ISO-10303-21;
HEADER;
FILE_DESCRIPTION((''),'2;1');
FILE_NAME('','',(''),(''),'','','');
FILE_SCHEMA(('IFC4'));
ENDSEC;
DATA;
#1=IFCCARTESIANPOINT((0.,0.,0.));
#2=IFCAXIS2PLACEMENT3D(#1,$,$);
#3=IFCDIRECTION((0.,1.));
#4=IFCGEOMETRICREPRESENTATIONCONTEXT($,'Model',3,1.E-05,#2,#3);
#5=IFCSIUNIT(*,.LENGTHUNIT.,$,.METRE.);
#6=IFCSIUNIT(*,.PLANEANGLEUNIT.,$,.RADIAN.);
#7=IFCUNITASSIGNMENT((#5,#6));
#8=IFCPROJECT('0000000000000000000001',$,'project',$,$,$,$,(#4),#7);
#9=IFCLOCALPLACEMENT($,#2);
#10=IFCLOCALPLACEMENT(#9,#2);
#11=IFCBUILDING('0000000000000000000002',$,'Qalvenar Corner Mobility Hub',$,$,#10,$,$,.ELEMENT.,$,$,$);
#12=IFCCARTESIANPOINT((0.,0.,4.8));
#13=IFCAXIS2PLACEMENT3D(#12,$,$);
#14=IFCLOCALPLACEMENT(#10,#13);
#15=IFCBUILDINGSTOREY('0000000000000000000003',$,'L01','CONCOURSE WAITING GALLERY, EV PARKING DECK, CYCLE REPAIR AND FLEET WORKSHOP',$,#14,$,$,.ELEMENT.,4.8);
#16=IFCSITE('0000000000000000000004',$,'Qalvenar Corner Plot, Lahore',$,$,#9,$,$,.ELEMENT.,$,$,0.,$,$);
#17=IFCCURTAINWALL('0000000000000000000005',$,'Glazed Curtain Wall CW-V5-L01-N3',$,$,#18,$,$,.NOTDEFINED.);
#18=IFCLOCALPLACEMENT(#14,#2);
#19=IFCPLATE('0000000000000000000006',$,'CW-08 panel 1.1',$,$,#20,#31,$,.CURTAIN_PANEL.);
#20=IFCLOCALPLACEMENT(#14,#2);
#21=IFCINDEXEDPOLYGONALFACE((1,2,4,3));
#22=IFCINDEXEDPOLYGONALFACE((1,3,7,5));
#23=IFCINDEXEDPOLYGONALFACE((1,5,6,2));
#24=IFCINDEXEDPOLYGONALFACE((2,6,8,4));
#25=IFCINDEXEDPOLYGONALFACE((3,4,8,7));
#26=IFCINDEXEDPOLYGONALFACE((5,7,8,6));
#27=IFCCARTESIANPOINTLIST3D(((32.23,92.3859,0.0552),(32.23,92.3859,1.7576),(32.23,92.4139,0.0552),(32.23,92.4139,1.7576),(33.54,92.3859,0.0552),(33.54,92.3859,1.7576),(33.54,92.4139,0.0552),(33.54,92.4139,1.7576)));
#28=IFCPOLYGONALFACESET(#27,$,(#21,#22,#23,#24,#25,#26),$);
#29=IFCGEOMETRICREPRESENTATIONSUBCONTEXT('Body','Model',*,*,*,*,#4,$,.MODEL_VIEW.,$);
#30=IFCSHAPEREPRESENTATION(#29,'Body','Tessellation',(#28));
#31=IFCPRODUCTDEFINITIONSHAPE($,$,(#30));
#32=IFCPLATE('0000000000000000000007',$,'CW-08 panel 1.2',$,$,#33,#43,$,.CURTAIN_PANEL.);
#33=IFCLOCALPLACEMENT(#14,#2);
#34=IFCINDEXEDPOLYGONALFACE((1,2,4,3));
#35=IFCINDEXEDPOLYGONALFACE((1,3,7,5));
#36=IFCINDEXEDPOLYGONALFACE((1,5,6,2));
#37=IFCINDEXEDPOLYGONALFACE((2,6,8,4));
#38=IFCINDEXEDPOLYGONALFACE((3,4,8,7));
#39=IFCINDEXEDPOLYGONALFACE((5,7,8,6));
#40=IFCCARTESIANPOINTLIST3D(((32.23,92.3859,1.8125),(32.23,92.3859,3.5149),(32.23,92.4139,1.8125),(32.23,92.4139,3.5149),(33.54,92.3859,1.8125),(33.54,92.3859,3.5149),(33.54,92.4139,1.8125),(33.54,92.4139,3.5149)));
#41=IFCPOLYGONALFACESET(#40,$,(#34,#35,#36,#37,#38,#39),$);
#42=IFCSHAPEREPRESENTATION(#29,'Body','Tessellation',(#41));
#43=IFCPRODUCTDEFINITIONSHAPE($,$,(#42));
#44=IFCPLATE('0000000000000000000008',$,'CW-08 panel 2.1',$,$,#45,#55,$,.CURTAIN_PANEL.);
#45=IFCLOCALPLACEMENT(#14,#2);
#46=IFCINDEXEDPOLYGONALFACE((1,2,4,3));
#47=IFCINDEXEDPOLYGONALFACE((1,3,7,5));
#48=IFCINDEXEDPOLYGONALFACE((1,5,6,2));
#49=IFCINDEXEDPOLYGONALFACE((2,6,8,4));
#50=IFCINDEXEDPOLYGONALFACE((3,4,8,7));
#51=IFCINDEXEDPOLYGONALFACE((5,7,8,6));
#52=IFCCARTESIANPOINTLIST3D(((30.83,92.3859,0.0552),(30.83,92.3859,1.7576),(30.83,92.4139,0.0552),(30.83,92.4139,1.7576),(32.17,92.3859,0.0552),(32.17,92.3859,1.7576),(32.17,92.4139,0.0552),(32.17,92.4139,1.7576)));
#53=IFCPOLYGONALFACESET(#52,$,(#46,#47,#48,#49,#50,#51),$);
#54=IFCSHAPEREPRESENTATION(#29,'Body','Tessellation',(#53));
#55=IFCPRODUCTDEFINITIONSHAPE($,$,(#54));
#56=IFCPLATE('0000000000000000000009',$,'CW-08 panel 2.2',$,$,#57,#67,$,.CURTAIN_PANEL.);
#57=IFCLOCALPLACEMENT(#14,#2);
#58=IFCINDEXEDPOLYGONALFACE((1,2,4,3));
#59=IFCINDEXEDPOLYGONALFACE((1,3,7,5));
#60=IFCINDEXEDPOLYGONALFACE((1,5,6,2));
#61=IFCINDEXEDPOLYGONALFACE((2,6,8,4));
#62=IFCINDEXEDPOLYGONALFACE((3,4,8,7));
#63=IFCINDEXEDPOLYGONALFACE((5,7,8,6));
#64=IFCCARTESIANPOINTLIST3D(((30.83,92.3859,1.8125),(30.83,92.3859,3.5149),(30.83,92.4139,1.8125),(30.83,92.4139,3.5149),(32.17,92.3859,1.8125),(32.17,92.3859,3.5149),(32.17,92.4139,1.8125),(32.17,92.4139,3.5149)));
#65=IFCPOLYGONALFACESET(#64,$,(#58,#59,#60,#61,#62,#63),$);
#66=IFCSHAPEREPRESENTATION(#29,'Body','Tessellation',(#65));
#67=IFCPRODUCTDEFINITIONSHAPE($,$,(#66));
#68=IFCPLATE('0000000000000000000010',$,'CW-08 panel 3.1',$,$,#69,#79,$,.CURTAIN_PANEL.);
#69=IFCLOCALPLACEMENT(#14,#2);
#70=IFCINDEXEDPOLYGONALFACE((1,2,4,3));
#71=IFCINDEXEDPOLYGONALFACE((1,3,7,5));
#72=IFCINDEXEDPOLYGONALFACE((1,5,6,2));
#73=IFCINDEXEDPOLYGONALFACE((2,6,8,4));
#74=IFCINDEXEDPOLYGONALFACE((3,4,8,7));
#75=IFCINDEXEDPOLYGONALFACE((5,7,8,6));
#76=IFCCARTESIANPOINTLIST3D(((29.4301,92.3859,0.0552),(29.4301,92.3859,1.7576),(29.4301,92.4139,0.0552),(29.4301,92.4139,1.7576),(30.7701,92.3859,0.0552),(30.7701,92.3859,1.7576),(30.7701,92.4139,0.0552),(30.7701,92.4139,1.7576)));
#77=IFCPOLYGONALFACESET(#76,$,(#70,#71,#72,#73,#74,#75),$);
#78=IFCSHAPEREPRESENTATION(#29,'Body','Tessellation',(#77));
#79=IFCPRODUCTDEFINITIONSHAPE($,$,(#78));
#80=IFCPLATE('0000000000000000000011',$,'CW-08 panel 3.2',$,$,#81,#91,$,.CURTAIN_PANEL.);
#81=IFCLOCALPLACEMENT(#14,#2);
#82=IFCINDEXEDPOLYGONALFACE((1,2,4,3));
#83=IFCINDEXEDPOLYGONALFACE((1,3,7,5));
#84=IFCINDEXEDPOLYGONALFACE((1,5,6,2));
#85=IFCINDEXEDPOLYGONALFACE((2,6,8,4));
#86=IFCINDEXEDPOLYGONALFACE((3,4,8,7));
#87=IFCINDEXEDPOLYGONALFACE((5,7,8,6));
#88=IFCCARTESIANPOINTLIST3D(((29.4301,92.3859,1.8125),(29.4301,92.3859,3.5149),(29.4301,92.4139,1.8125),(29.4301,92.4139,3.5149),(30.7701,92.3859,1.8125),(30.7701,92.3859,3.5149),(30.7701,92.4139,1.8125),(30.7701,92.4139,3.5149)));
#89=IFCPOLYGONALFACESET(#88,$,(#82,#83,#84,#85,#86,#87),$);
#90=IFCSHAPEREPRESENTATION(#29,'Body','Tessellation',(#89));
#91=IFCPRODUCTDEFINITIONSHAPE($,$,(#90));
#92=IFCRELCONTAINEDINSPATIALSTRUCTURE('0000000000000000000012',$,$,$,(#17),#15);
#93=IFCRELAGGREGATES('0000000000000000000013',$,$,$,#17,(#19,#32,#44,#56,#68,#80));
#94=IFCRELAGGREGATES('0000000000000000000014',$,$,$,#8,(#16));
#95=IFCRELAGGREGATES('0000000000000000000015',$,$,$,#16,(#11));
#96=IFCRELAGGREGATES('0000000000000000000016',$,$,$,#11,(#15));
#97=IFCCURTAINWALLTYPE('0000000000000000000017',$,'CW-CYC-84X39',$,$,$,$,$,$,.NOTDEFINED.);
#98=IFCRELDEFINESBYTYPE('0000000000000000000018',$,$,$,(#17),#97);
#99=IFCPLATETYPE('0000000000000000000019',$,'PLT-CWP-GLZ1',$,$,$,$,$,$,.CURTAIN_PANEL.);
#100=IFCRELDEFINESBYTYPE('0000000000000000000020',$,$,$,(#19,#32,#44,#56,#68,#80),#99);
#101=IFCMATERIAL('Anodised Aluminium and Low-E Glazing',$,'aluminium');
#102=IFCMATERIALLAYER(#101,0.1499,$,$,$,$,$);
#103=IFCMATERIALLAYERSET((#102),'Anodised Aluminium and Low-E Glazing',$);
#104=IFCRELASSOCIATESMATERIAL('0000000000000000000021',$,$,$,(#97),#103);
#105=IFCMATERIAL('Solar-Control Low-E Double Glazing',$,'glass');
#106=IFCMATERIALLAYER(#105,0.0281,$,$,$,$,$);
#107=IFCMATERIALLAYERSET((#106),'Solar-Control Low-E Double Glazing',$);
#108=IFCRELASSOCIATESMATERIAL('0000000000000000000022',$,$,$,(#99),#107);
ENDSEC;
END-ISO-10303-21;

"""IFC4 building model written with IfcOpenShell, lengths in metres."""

from ifc_helpers import new_model, si_unit, direction, frame, origin, origin_2d, place, context, subcontext, project, spatial, rectangle, extrude, material, layer, layer_set, type_object, element, aggregate, save


model = new_model("IFC4")

# Units and contexts
model_context = context("Model", 3, precision=1e-05, world=origin(), true_north=direction((0.0, 1.0)))
body_context = subcontext(model_context, "Body", "Model", "MODEL_VIEW")
ifc_project = project(units=[si_unit("LENGTHUNIT", "METRE"), si_unit("PLANEANGLEUNIT", "RADIAN")], contexts=[model_context])

# Site, building, storey
site_placement = place(None, origin())
site = spatial("IfcSite", under=ifc_project, at=site_placement, Name="Qalvenar Corner Plot, Lahore", CompositionType="ELEMENT", RefElevation=0.0)
building_placement = place(site_placement, origin())
building = spatial("IfcBuilding", under=site, at=building_placement, Name="Qalvenar Corner Mobility Hub", CompositionType="ELEMENT")
storey_placement = place(building_placement, frame((0.0, 0.0, 4.8)))
storey = spatial("IfcBuildingStorey", under=building, at=storey_placement, Name="L01", Description="CONCOURSE WAITING GALLERY, EV PARKING DECK, CYCLE REPAIR AND FLEET WORKSHOP", CompositionType="ELEMENT", Elevation=4.8)

# Curtain wall
ifc_material_1 = material(Name="Anodised Aluminium and Low-E Glazing", Category="aluminium")
ifc_layer_1 = layer(ifc_material_1, 0.1499)
ifc_layer_set_1 = layer_set([ifc_layer_1], Name="Anodised Aluminium and Low-E Glazing")
curtain_wall_type = type_object("IfcCurtainWallType", Name="CW-CYC-84X39", PredefinedType="NOTDEFINED", material=ifc_layer_set_1)
curtain_wall_1_placement = place(storey_placement, origin())
curtain_wall_1 = element("IfcCurtainWall", 1, at=curtain_wall_1_placement, inside=storey, type_object=curtain_wall_type, Name="Glazed Curtain Wall CW-V5-L01-N3", PredefinedType="NOTDEFINED")

# Plates
ifc_material_2 = material(Name="Solar-Control Low-E Double Glazing", Category="glass")
ifc_layer_2 = layer(ifc_material_2, 0.0281)
ifc_layer_set_2 = layer_set([ifc_layer_2], Name="Solar-Control Low-E Double Glazing")
plate_type = type_object("IfcPlateType", Name="PLT-CWP-GLZ1", PredefinedType="CURTAIN_PANEL", material=ifc_layer_set_2)
plate_1_placement = place(storey_placement, frame((32.885, 92.3999, 0.0552), z_axis=(0.0, 0.0, 1.0), x_axis=(-1.0, 0.0, 0.0)))
plate_1 = element("IfcPlate", 2, at=plate_1_placement, type_object=plate_type, Name="CW-08 panel 1.1", PredefinedType="CURTAIN_PANEL", context=body_context, shape_type="SweptSolid", body=[
    extrude(rectangle(XDim=1.3101, YDim=0.0281, at=origin_2d()), origin(), (0.0, 0.0, 1.0), 1.7024),
])
plate_2_placement = place(storey_placement, frame((32.885, 92.3999, 1.8125), z_axis=(0.0, 0.0, 1.0), x_axis=(-1.0, 0.0, 0.0)))
plate_2 = element("IfcPlate", 3, at=plate_2_placement, type_object=plate_type, Name="CW-08 panel 1.2", PredefinedType="CURTAIN_PANEL", context=body_context, shape_type="SweptSolid", body=[
    extrude(rectangle(XDim=1.3101, YDim=0.0281, at=origin_2d()), origin(), (0.0, 0.0, 1.0), 1.7024),
])
plate_3_placement = place(storey_placement, frame((31.5, 92.3999, 0.0552), z_axis=(0.0, 0.0, 1.0), x_axis=(-1.0, 0.0, 0.0)))
plate_3 = element("IfcPlate", 4, at=plate_3_placement, type_object=plate_type, Name="CW-08 panel 2.1", PredefinedType="CURTAIN_PANEL", context=body_context, shape_type="SweptSolid", body=[
    extrude(rectangle(XDim=1.3401, YDim=0.0281, at=origin_2d()), origin(), (0.0, 0.0, 1.0), 1.7024),
])
plate_4_placement = place(storey_placement, frame((31.5, 92.3999, 1.8125), z_axis=(0.0, 0.0, 1.0), x_axis=(-1.0, 0.0, 0.0)))
plate_4 = element("IfcPlate", 5, at=plate_4_placement, type_object=plate_type, Name="CW-08 panel 2.2", PredefinedType="CURTAIN_PANEL", context=body_context, shape_type="SweptSolid", body=[
    extrude(rectangle(XDim=1.3401, YDim=0.0281, at=origin_2d()), origin(), (0.0, 0.0, 1.0), 1.7024),
])
plate_5_placement = place(storey_placement, frame((30.1001, 92.3999, 0.0552), z_axis=(0.0, 0.0, 1.0), x_axis=(-1.0, 0.0, 0.0)))
plate_5 = element("IfcPlate", 6, at=plate_5_placement, type_object=plate_type, Name="CW-08 panel 3.1", PredefinedType="CURTAIN_PANEL", context=body_context, shape_type="SweptSolid", body=[
    extrude(rectangle(XDim=1.3401, YDim=0.0281, at=origin_2d()), origin(), (0.0, 0.0, 1.0), 1.7024),
])
plate_6_placement = place(storey_placement, frame((30.1001, 92.3999, 1.8125), z_axis=(0.0, 0.0, 1.0), x_axis=(-1.0, 0.0, 0.0)))
plate_6 = element("IfcPlate", 7, at=plate_6_placement, type_object=plate_type, Name="CW-08 panel 3.2", PredefinedType="CURTAIN_PANEL", context=body_context, shape_type="SweptSolid", body=[
    extrude(rectangle(XDim=1.3401, YDim=0.0281, at=origin_2d()), origin(), (0.0, 0.0, 1.0), 1.7024),
])
aggregate(curtain_wall_1, [plate_1, plate_2, plate_3, plate_4, plate_5, plate_6])

save(model, "model.ifc")
